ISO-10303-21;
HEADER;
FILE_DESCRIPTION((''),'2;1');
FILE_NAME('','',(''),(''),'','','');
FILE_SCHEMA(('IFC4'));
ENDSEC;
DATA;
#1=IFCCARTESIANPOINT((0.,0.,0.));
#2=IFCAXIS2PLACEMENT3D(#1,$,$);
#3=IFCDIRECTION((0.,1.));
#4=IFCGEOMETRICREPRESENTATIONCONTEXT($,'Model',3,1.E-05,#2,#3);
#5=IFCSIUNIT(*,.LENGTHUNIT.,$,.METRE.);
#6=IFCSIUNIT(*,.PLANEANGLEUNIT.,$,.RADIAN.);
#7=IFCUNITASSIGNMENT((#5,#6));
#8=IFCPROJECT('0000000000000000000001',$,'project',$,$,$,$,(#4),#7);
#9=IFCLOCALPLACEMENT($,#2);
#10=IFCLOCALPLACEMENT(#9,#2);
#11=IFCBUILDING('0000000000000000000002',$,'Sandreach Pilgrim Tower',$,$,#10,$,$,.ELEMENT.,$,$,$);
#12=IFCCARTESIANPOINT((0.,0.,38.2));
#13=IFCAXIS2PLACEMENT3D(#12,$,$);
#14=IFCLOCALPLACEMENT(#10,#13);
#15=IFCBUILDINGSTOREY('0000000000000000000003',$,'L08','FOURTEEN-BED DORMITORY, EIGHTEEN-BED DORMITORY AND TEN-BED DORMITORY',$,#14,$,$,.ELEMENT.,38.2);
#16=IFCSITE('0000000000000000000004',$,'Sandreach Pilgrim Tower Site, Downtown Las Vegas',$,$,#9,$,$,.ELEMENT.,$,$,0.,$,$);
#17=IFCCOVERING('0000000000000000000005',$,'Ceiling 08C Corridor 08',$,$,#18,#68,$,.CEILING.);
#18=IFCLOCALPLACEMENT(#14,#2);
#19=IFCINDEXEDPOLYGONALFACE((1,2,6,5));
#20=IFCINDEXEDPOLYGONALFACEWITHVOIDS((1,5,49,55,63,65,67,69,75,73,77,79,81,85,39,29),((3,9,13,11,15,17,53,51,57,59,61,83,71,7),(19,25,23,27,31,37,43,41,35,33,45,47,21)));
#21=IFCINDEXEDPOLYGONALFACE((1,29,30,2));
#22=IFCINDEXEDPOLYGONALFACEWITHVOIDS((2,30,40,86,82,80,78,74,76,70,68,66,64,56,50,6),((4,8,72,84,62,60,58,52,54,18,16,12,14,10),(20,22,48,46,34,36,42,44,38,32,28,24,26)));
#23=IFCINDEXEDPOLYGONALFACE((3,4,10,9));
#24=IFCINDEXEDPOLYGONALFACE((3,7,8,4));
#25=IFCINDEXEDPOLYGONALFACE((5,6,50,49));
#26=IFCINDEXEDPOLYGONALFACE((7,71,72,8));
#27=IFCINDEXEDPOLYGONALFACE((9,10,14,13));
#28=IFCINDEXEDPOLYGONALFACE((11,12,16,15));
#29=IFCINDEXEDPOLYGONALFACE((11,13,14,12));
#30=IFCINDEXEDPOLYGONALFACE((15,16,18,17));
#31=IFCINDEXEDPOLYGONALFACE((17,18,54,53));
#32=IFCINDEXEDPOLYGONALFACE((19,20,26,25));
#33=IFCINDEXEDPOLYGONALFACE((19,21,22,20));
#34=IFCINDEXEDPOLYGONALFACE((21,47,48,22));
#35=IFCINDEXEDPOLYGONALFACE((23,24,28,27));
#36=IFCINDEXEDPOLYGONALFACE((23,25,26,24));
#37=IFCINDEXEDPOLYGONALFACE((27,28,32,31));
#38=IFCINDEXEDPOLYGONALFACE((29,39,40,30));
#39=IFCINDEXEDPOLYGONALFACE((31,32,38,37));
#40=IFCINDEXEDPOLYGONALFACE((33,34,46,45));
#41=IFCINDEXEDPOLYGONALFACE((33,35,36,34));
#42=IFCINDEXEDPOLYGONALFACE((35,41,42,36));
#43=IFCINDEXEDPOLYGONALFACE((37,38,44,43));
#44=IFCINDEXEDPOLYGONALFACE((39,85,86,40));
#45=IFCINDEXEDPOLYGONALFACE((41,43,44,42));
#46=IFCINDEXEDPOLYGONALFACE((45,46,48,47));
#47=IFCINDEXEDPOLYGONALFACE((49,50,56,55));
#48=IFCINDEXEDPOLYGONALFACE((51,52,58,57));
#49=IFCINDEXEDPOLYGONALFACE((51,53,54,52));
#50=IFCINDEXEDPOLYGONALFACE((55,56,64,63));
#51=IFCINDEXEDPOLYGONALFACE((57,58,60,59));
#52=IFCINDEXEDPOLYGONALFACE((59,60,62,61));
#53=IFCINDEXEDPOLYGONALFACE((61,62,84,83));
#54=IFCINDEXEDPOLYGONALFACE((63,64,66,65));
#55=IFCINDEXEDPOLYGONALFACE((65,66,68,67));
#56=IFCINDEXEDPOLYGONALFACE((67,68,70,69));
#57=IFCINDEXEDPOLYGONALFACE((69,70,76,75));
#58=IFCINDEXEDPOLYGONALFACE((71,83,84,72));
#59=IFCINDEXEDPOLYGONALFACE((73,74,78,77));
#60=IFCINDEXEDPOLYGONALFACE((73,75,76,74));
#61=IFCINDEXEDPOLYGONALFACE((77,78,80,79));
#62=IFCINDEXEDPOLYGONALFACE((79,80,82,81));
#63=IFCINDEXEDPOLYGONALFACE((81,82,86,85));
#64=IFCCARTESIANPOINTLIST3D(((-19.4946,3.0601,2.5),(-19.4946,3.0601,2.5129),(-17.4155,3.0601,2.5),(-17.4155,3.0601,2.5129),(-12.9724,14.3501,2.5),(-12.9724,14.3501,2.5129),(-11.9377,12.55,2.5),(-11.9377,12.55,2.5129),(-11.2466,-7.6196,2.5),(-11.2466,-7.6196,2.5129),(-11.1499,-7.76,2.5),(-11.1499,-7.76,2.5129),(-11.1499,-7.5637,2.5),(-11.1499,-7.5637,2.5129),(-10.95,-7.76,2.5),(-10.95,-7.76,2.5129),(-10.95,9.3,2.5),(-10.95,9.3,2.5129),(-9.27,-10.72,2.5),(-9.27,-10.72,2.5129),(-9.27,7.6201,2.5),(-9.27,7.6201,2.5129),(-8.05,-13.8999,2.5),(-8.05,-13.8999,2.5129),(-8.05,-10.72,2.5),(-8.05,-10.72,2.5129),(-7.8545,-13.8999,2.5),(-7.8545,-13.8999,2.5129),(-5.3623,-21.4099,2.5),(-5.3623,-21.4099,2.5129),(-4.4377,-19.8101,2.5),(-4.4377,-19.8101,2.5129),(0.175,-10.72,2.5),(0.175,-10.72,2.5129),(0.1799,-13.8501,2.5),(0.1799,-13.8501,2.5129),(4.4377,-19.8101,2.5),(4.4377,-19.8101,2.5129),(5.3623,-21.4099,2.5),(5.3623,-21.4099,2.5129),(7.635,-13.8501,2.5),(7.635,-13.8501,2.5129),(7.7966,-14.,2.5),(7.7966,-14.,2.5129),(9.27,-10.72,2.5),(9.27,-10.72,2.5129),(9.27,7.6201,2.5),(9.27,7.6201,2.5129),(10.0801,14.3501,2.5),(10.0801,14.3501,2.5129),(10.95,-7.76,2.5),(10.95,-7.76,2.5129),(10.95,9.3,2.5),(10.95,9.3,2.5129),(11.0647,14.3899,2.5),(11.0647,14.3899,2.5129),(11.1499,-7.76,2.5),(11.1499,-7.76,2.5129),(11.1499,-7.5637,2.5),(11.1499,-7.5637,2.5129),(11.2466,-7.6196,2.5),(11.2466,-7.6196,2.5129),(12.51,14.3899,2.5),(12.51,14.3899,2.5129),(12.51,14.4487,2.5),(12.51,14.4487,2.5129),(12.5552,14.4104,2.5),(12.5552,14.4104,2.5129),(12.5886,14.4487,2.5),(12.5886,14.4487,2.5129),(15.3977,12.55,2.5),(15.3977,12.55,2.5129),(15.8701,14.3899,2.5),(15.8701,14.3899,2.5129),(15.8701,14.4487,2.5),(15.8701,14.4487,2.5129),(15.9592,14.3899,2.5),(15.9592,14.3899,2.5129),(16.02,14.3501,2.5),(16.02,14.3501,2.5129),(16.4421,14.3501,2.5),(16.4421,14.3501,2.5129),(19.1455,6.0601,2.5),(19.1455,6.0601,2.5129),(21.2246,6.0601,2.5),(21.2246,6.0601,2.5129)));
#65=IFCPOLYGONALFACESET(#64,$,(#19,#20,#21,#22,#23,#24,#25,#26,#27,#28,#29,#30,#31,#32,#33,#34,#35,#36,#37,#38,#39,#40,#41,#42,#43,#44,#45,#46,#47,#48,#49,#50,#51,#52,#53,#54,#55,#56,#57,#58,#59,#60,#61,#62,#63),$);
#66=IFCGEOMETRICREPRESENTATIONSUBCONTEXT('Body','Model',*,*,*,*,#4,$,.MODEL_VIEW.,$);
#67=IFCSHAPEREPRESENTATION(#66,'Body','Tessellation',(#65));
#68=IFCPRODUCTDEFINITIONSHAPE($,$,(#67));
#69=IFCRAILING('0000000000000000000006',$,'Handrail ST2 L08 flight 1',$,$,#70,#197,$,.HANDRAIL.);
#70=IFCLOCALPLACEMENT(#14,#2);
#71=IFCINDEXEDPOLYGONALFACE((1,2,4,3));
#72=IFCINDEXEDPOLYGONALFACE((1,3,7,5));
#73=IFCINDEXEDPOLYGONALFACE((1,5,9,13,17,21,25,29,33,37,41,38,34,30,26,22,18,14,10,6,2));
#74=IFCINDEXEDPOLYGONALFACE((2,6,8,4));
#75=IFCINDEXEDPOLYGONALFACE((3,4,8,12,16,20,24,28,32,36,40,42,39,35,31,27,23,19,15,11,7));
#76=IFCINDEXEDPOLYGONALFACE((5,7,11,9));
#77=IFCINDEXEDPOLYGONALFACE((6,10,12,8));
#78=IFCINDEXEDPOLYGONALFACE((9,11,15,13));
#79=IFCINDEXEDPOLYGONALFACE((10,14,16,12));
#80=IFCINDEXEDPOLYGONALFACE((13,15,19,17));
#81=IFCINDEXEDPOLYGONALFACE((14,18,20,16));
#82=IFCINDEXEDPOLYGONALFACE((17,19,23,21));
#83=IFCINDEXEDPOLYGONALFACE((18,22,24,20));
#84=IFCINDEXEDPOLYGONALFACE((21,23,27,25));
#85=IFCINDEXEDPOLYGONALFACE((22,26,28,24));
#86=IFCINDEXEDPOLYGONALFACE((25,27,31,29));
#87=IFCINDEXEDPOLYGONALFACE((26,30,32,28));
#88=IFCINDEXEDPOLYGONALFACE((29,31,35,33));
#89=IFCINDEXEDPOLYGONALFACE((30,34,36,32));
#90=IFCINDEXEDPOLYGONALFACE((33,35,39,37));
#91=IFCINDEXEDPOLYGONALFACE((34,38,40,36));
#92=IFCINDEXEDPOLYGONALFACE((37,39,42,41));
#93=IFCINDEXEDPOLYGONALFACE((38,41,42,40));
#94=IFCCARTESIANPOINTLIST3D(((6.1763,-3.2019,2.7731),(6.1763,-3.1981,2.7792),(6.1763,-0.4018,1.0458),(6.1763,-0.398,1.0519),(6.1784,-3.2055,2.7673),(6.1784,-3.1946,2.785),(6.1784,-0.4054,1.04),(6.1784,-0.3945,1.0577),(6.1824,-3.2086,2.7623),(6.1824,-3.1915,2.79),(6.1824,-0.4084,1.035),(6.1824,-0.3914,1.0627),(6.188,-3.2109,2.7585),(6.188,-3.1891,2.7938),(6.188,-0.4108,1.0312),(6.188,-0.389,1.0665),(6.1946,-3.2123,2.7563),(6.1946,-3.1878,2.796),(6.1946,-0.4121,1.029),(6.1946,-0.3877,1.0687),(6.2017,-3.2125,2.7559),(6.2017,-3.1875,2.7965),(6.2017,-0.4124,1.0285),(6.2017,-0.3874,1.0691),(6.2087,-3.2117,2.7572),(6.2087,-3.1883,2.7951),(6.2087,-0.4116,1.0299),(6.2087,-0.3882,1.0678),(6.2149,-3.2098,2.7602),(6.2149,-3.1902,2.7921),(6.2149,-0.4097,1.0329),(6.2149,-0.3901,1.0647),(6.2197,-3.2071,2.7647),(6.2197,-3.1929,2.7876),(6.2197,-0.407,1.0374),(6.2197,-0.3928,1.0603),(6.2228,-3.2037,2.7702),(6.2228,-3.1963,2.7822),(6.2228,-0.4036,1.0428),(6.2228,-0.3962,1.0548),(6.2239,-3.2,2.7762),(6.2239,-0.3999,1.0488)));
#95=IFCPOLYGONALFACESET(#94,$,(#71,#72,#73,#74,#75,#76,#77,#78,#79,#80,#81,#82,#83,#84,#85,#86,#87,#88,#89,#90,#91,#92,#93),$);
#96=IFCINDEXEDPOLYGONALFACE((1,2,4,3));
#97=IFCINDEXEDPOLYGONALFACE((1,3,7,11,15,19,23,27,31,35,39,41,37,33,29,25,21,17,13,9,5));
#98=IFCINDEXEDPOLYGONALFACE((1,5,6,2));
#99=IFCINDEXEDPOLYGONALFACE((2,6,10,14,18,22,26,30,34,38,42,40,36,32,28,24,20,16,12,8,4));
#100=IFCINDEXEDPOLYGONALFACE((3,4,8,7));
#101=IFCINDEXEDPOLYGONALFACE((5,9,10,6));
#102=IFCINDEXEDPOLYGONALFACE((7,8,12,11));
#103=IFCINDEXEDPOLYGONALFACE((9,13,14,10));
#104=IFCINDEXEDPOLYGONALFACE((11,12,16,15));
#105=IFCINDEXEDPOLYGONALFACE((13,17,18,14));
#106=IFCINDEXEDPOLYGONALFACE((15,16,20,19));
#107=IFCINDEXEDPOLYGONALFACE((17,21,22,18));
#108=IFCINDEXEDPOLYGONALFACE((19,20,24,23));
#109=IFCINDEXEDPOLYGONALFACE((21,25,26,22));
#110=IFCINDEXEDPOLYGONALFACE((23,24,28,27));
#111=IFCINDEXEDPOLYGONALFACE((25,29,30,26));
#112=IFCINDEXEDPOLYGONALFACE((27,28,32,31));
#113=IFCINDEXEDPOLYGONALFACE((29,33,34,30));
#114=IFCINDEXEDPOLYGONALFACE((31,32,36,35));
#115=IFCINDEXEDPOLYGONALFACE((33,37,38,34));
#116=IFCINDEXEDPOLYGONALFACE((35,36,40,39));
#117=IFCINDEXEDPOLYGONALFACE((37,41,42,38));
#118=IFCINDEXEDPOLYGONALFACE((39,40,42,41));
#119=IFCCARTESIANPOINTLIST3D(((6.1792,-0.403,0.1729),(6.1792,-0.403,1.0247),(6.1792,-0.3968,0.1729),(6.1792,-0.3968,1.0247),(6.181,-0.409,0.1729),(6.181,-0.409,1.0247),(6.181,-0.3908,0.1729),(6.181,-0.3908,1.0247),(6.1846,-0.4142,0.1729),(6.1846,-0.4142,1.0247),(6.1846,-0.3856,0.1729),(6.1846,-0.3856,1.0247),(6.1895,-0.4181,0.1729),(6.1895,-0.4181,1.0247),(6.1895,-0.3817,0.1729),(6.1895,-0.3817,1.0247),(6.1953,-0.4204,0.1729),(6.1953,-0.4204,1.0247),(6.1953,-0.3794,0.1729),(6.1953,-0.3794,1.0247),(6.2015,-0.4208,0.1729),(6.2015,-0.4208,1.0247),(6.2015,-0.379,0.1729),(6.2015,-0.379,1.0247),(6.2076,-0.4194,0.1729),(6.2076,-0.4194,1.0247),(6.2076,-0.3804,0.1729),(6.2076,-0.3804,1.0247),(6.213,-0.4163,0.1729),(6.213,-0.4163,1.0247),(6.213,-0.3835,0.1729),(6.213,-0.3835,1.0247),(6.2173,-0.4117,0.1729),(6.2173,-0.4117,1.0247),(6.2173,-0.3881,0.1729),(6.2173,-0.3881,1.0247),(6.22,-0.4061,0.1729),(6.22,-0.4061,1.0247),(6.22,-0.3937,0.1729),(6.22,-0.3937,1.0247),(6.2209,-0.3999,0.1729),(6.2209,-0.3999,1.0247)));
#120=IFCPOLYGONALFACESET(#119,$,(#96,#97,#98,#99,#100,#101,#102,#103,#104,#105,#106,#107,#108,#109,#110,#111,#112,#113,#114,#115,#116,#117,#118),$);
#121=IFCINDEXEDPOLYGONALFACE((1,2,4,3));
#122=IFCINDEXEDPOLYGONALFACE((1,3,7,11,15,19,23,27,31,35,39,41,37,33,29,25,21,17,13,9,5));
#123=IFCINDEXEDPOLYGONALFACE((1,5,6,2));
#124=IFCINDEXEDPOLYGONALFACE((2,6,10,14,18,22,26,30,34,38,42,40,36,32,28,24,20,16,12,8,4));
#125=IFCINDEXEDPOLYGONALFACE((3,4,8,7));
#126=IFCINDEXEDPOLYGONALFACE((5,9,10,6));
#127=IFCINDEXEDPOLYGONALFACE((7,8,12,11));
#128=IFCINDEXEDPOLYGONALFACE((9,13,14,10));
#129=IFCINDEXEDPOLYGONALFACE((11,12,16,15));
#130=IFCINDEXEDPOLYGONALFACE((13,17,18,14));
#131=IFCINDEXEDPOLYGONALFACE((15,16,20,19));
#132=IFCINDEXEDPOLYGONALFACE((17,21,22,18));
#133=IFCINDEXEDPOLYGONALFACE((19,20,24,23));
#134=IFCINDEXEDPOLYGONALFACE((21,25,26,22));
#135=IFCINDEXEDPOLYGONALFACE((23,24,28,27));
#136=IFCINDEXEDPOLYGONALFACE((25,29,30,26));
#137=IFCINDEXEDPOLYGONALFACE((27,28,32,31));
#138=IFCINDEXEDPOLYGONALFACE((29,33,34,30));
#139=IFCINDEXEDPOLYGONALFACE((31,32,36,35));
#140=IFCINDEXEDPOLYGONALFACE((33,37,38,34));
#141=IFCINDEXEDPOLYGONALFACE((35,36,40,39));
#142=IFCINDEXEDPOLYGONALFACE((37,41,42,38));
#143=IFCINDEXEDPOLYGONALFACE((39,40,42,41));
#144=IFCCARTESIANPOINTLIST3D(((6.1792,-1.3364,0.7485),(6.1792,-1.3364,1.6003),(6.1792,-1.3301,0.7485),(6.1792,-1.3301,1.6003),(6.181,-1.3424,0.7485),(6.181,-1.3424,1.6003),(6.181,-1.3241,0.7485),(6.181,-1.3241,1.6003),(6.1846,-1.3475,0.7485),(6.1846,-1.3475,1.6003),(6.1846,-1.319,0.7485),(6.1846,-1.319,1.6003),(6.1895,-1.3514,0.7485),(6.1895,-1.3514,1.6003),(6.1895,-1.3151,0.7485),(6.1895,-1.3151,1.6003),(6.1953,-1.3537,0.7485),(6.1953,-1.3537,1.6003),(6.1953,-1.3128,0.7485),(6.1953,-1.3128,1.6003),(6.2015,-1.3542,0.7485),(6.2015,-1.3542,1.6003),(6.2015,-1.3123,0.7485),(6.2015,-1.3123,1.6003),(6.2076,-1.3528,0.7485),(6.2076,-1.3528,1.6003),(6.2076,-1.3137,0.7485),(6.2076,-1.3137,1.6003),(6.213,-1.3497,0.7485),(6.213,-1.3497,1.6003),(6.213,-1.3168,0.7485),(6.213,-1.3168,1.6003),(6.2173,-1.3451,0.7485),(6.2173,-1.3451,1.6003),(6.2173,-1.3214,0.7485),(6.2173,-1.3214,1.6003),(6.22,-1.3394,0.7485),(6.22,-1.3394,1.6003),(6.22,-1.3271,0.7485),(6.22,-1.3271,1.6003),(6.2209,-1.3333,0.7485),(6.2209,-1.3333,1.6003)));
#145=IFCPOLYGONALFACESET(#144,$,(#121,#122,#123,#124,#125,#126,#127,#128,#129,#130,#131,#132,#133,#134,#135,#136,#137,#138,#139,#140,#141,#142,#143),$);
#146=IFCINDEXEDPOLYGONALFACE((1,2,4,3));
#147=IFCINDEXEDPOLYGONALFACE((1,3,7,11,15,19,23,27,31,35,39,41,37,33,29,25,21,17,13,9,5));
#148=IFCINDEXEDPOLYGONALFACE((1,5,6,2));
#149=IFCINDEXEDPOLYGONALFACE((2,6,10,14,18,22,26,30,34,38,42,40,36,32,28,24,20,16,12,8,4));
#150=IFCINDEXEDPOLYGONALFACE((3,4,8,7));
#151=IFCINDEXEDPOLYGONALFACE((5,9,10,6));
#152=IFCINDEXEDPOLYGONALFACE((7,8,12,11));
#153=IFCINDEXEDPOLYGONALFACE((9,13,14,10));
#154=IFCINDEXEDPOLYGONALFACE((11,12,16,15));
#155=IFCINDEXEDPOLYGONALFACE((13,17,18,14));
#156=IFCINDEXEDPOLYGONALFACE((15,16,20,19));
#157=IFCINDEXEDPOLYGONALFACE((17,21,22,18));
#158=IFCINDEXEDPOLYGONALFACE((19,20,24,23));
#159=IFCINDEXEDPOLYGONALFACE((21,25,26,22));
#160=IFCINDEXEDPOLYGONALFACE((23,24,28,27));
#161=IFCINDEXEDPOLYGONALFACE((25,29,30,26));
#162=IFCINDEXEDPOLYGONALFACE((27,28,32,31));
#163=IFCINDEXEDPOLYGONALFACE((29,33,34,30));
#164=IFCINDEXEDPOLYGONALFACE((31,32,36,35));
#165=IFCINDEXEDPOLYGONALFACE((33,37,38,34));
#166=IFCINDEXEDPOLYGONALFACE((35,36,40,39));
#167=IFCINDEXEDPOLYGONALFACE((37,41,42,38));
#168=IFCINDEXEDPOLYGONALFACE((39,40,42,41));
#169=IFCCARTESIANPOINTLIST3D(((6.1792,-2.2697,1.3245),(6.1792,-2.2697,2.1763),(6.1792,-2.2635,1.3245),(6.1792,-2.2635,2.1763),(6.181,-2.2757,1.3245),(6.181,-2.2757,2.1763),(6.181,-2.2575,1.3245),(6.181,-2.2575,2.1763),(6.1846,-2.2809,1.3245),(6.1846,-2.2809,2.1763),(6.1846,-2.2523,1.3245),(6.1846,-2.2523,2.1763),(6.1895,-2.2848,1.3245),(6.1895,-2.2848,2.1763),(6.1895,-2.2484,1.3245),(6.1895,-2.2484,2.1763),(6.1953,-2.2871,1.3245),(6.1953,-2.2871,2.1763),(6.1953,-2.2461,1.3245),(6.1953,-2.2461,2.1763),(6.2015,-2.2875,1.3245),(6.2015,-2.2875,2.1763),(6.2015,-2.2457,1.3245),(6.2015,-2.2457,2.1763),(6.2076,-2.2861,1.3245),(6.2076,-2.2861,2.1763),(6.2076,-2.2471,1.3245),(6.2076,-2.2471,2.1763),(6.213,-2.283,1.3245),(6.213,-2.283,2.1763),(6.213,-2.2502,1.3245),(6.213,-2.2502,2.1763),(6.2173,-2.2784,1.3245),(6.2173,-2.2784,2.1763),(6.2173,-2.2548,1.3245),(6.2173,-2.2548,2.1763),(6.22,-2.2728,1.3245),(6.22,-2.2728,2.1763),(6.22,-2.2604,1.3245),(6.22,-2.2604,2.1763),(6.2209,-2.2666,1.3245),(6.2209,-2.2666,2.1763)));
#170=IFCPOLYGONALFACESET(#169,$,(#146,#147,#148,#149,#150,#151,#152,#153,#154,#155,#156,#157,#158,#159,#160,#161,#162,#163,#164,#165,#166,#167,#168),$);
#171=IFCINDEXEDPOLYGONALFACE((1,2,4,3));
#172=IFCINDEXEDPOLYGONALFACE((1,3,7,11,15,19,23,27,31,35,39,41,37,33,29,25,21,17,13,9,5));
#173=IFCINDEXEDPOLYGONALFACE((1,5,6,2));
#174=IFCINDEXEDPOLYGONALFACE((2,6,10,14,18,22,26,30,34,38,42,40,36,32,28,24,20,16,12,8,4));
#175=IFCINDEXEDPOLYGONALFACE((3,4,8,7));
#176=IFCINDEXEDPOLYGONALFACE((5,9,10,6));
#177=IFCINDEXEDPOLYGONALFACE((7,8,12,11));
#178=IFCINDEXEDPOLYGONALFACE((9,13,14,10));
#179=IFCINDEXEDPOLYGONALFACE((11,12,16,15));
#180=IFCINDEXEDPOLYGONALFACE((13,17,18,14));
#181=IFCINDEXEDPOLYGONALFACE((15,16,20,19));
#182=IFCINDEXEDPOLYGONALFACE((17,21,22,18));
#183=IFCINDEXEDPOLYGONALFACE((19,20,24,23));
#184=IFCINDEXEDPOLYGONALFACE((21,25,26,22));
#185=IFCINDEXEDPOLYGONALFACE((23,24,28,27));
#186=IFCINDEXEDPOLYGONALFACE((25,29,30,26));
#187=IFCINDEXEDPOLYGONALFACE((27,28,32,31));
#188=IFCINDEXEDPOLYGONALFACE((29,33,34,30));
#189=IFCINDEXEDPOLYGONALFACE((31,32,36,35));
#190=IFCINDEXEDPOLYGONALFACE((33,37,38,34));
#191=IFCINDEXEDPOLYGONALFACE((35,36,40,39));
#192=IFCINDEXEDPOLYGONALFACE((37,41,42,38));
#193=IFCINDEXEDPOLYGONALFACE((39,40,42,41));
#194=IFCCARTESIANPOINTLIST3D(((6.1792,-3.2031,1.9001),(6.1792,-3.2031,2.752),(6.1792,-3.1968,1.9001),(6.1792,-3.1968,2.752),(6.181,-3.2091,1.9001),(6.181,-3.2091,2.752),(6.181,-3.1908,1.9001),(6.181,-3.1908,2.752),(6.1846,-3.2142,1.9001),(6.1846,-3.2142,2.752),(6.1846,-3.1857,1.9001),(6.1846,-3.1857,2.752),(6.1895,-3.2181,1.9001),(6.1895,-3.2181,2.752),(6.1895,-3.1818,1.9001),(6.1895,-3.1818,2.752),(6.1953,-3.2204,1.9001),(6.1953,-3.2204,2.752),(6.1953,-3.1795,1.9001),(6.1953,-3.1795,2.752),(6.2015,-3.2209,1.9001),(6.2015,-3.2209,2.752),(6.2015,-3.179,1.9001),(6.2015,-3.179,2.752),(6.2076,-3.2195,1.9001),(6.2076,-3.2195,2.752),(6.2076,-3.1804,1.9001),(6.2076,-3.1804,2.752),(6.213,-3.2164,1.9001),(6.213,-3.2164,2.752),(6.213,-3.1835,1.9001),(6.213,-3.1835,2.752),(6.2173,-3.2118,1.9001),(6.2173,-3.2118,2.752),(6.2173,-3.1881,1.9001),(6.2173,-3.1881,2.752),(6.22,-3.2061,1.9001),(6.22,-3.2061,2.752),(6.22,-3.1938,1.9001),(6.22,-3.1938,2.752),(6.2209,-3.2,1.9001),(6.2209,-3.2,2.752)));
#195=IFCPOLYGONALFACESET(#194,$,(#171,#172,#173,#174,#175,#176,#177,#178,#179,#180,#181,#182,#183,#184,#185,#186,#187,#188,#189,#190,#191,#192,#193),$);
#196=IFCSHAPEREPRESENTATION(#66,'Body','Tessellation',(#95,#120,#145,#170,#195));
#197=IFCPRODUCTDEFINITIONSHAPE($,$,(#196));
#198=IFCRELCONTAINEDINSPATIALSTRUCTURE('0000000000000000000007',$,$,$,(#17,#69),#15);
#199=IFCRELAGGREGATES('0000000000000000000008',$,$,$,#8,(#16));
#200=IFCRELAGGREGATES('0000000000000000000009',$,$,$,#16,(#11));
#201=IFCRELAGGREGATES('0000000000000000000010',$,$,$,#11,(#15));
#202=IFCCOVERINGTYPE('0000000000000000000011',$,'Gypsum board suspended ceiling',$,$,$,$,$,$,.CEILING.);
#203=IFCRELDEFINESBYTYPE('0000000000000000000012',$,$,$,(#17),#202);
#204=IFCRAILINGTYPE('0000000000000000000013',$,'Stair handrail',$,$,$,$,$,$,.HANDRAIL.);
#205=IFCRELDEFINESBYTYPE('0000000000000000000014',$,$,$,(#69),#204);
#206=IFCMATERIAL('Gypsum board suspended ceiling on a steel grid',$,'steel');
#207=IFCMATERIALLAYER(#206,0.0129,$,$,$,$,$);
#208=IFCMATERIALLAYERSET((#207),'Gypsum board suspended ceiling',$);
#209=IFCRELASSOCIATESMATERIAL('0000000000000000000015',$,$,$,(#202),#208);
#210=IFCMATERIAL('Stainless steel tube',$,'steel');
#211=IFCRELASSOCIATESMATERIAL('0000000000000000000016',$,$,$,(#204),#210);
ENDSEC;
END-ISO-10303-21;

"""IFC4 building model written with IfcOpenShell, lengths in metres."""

from ifc_helpers import new_model, si_unit, direction, frame, origin, origin_2d, place, context, subcontext, project, spatial, polyline, circle, outline, extrude, material, layer, layer_set, type_object, element, save


model = new_model("IFC4")

# Units and contexts
model_context = context("Model", 3, precision=1e-05, world=origin(), true_north=direction((0.0, 1.0)))
body_context = subcontext(model_context, "Body", "Model", "MODEL_VIEW")
ifc_project = project(units=[si_unit("LENGTHUNIT", "METRE"), si_unit("PLANEANGLEUNIT", "RADIAN")], contexts=[model_context])

# Site, building, storey
site_placement = place(None, origin())
site = spatial("IfcSite", under=ifc_project, at=site_placement, Name="Sandreach Pilgrim Tower Site, Downtown Las Vegas", CompositionType="ELEMENT", RefElevation=0.0)
building_placement = place(site_placement, origin())
building = spatial("IfcBuilding", under=site, at=building_placement, Name="Sandreach Pilgrim Tower", CompositionType="ELEMENT")
storey_placement = place(building_placement, frame((0.0, 0.0, 38.2)))
storey = spatial("IfcBuildingStorey", under=building, at=storey_placement, Name="L08", Description="FOURTEEN-BED DORMITORY, EIGHTEEN-BED DORMITORY AND TEN-BED DORMITORY", CompositionType="ELEMENT", Elevation=38.2)

# Covering
ifc_material_1 = material(Name="Gypsum board suspended ceiling on a steel grid", Category="steel")
ifc_layer_1 = layer(ifc_material_1, 0.0129)
ifc_layer_set_1 = layer_set([ifc_layer_1], Name="Gypsum board suspended ceiling")
covering_type_1 = type_object("IfcCoveringType", Name="Gypsum board suspended ceiling", PredefinedType="CEILING", material=ifc_layer_set_1)
covering_1_placement = place(storey_placement, frame((0.0, 0.0, 2.5)))
element("IfcCovering", 1, at=covering_1_placement, inside=storey, type_object=covering_type_1, Name="Ceiling 08C Corridor 08", PredefinedType="CEILING", context=body_context, shape_type="SweptSolid", body=[
    extrude(outline(polyline([(-12.9724, 14.3501), (10.0801, 14.3501), (11.0647, 14.3899), (12.51, 14.3899), (12.51, 14.4487), (12.5552, 14.4104), (12.5886, 14.4487), (15.8701, 14.4487), (15.8701, 14.3899), (15.9592, 14.3899), (16.02, 14.3501), (16.4421, 14.3501), (21.2246, 6.0601), (5.3623, -21.4099), (-5.3623, -21.4099), (-19.4946, 3.0601), (-12.9724, 14.3501)]), holes=[polyline([(-17.4155, 3.0601), (-11.2466, -7.6196), (-11.1499, -7.5637), (-11.1499, -7.76), (-10.95, -7.76), (-10.95, 9.3), (10.95, 9.3), (10.95, -7.76), (11.1499, -7.76), (11.1499, -7.5637), (11.2466, -7.6196), (19.1455, 6.0601), (15.3977, 12.55), (-11.9377, 12.55), (-17.4155, 3.0601)]), polyline([(-8.05, -10.72), (-8.05, -13.8999), (-7.8545, -13.8999), (-4.4377, -19.8101), (4.4377, -19.8101), (7.7966, -14.0), (7.635, -13.8501), (0.1799, -13.8501), (0.175, -10.72), (9.27, -10.72), (9.27, 7.6201), (-9.27, 7.6201), (-9.27, -10.72), (-8.05, -10.72)])]), origin(), (0.0, 0.0, 1.0), 0.0129),
])

# Railing
ifc_material_2 = material(Name="Stainless steel tube", Category="steel")
railing_type = type_object("IfcRailingType", Name="Stair handrail", PredefinedType="HANDRAIL", material=ifc_material_2)
for number, where, name in (
    (2, (6.2, -0.3999, 0.1729), "Handrail ST2 L08 flight 1"),
):
    element("IfcRailing", number, at=place(storey_placement, frame(where)), inside=storey, type_object=railing_type, Name=name, PredefinedType="HANDRAIL", context=body_context, shape_type="SweptSolid", body=[
        extrude(circle(Radius=0.0239, at=origin_2d()), frame((0.0, 0.0, 0.876), z_axis=(0.0, -0.85109, 0.52502), x_axis=(1.0, 0.0, 0.0)), (0.0, 0.0, 1.0), 3.29),
        extrude(circle(Radius=0.021, at=origin_2d()), origin(), (0.0, 0.0, 1.0), 0.8518),
        extrude(circle(Radius=0.021, at=origin_2d()), frame((0.0, -0.9333, 0.5757)), (0.0, 0.0, 1.0), 0.8518),
        extrude(circle(Radius=0.021, at=origin_2d()), frame((0.0, -1.8667, 1.1516)), (0.0, 0.0, 1.0), 0.8518),
        extrude(circle(Radius=0.021, at=origin_2d()), frame((0.0, -2.8, 1.7273)), (0.0, 0.0, 1.0), 0.8518),
    ])

save(model, "model.ifc")
